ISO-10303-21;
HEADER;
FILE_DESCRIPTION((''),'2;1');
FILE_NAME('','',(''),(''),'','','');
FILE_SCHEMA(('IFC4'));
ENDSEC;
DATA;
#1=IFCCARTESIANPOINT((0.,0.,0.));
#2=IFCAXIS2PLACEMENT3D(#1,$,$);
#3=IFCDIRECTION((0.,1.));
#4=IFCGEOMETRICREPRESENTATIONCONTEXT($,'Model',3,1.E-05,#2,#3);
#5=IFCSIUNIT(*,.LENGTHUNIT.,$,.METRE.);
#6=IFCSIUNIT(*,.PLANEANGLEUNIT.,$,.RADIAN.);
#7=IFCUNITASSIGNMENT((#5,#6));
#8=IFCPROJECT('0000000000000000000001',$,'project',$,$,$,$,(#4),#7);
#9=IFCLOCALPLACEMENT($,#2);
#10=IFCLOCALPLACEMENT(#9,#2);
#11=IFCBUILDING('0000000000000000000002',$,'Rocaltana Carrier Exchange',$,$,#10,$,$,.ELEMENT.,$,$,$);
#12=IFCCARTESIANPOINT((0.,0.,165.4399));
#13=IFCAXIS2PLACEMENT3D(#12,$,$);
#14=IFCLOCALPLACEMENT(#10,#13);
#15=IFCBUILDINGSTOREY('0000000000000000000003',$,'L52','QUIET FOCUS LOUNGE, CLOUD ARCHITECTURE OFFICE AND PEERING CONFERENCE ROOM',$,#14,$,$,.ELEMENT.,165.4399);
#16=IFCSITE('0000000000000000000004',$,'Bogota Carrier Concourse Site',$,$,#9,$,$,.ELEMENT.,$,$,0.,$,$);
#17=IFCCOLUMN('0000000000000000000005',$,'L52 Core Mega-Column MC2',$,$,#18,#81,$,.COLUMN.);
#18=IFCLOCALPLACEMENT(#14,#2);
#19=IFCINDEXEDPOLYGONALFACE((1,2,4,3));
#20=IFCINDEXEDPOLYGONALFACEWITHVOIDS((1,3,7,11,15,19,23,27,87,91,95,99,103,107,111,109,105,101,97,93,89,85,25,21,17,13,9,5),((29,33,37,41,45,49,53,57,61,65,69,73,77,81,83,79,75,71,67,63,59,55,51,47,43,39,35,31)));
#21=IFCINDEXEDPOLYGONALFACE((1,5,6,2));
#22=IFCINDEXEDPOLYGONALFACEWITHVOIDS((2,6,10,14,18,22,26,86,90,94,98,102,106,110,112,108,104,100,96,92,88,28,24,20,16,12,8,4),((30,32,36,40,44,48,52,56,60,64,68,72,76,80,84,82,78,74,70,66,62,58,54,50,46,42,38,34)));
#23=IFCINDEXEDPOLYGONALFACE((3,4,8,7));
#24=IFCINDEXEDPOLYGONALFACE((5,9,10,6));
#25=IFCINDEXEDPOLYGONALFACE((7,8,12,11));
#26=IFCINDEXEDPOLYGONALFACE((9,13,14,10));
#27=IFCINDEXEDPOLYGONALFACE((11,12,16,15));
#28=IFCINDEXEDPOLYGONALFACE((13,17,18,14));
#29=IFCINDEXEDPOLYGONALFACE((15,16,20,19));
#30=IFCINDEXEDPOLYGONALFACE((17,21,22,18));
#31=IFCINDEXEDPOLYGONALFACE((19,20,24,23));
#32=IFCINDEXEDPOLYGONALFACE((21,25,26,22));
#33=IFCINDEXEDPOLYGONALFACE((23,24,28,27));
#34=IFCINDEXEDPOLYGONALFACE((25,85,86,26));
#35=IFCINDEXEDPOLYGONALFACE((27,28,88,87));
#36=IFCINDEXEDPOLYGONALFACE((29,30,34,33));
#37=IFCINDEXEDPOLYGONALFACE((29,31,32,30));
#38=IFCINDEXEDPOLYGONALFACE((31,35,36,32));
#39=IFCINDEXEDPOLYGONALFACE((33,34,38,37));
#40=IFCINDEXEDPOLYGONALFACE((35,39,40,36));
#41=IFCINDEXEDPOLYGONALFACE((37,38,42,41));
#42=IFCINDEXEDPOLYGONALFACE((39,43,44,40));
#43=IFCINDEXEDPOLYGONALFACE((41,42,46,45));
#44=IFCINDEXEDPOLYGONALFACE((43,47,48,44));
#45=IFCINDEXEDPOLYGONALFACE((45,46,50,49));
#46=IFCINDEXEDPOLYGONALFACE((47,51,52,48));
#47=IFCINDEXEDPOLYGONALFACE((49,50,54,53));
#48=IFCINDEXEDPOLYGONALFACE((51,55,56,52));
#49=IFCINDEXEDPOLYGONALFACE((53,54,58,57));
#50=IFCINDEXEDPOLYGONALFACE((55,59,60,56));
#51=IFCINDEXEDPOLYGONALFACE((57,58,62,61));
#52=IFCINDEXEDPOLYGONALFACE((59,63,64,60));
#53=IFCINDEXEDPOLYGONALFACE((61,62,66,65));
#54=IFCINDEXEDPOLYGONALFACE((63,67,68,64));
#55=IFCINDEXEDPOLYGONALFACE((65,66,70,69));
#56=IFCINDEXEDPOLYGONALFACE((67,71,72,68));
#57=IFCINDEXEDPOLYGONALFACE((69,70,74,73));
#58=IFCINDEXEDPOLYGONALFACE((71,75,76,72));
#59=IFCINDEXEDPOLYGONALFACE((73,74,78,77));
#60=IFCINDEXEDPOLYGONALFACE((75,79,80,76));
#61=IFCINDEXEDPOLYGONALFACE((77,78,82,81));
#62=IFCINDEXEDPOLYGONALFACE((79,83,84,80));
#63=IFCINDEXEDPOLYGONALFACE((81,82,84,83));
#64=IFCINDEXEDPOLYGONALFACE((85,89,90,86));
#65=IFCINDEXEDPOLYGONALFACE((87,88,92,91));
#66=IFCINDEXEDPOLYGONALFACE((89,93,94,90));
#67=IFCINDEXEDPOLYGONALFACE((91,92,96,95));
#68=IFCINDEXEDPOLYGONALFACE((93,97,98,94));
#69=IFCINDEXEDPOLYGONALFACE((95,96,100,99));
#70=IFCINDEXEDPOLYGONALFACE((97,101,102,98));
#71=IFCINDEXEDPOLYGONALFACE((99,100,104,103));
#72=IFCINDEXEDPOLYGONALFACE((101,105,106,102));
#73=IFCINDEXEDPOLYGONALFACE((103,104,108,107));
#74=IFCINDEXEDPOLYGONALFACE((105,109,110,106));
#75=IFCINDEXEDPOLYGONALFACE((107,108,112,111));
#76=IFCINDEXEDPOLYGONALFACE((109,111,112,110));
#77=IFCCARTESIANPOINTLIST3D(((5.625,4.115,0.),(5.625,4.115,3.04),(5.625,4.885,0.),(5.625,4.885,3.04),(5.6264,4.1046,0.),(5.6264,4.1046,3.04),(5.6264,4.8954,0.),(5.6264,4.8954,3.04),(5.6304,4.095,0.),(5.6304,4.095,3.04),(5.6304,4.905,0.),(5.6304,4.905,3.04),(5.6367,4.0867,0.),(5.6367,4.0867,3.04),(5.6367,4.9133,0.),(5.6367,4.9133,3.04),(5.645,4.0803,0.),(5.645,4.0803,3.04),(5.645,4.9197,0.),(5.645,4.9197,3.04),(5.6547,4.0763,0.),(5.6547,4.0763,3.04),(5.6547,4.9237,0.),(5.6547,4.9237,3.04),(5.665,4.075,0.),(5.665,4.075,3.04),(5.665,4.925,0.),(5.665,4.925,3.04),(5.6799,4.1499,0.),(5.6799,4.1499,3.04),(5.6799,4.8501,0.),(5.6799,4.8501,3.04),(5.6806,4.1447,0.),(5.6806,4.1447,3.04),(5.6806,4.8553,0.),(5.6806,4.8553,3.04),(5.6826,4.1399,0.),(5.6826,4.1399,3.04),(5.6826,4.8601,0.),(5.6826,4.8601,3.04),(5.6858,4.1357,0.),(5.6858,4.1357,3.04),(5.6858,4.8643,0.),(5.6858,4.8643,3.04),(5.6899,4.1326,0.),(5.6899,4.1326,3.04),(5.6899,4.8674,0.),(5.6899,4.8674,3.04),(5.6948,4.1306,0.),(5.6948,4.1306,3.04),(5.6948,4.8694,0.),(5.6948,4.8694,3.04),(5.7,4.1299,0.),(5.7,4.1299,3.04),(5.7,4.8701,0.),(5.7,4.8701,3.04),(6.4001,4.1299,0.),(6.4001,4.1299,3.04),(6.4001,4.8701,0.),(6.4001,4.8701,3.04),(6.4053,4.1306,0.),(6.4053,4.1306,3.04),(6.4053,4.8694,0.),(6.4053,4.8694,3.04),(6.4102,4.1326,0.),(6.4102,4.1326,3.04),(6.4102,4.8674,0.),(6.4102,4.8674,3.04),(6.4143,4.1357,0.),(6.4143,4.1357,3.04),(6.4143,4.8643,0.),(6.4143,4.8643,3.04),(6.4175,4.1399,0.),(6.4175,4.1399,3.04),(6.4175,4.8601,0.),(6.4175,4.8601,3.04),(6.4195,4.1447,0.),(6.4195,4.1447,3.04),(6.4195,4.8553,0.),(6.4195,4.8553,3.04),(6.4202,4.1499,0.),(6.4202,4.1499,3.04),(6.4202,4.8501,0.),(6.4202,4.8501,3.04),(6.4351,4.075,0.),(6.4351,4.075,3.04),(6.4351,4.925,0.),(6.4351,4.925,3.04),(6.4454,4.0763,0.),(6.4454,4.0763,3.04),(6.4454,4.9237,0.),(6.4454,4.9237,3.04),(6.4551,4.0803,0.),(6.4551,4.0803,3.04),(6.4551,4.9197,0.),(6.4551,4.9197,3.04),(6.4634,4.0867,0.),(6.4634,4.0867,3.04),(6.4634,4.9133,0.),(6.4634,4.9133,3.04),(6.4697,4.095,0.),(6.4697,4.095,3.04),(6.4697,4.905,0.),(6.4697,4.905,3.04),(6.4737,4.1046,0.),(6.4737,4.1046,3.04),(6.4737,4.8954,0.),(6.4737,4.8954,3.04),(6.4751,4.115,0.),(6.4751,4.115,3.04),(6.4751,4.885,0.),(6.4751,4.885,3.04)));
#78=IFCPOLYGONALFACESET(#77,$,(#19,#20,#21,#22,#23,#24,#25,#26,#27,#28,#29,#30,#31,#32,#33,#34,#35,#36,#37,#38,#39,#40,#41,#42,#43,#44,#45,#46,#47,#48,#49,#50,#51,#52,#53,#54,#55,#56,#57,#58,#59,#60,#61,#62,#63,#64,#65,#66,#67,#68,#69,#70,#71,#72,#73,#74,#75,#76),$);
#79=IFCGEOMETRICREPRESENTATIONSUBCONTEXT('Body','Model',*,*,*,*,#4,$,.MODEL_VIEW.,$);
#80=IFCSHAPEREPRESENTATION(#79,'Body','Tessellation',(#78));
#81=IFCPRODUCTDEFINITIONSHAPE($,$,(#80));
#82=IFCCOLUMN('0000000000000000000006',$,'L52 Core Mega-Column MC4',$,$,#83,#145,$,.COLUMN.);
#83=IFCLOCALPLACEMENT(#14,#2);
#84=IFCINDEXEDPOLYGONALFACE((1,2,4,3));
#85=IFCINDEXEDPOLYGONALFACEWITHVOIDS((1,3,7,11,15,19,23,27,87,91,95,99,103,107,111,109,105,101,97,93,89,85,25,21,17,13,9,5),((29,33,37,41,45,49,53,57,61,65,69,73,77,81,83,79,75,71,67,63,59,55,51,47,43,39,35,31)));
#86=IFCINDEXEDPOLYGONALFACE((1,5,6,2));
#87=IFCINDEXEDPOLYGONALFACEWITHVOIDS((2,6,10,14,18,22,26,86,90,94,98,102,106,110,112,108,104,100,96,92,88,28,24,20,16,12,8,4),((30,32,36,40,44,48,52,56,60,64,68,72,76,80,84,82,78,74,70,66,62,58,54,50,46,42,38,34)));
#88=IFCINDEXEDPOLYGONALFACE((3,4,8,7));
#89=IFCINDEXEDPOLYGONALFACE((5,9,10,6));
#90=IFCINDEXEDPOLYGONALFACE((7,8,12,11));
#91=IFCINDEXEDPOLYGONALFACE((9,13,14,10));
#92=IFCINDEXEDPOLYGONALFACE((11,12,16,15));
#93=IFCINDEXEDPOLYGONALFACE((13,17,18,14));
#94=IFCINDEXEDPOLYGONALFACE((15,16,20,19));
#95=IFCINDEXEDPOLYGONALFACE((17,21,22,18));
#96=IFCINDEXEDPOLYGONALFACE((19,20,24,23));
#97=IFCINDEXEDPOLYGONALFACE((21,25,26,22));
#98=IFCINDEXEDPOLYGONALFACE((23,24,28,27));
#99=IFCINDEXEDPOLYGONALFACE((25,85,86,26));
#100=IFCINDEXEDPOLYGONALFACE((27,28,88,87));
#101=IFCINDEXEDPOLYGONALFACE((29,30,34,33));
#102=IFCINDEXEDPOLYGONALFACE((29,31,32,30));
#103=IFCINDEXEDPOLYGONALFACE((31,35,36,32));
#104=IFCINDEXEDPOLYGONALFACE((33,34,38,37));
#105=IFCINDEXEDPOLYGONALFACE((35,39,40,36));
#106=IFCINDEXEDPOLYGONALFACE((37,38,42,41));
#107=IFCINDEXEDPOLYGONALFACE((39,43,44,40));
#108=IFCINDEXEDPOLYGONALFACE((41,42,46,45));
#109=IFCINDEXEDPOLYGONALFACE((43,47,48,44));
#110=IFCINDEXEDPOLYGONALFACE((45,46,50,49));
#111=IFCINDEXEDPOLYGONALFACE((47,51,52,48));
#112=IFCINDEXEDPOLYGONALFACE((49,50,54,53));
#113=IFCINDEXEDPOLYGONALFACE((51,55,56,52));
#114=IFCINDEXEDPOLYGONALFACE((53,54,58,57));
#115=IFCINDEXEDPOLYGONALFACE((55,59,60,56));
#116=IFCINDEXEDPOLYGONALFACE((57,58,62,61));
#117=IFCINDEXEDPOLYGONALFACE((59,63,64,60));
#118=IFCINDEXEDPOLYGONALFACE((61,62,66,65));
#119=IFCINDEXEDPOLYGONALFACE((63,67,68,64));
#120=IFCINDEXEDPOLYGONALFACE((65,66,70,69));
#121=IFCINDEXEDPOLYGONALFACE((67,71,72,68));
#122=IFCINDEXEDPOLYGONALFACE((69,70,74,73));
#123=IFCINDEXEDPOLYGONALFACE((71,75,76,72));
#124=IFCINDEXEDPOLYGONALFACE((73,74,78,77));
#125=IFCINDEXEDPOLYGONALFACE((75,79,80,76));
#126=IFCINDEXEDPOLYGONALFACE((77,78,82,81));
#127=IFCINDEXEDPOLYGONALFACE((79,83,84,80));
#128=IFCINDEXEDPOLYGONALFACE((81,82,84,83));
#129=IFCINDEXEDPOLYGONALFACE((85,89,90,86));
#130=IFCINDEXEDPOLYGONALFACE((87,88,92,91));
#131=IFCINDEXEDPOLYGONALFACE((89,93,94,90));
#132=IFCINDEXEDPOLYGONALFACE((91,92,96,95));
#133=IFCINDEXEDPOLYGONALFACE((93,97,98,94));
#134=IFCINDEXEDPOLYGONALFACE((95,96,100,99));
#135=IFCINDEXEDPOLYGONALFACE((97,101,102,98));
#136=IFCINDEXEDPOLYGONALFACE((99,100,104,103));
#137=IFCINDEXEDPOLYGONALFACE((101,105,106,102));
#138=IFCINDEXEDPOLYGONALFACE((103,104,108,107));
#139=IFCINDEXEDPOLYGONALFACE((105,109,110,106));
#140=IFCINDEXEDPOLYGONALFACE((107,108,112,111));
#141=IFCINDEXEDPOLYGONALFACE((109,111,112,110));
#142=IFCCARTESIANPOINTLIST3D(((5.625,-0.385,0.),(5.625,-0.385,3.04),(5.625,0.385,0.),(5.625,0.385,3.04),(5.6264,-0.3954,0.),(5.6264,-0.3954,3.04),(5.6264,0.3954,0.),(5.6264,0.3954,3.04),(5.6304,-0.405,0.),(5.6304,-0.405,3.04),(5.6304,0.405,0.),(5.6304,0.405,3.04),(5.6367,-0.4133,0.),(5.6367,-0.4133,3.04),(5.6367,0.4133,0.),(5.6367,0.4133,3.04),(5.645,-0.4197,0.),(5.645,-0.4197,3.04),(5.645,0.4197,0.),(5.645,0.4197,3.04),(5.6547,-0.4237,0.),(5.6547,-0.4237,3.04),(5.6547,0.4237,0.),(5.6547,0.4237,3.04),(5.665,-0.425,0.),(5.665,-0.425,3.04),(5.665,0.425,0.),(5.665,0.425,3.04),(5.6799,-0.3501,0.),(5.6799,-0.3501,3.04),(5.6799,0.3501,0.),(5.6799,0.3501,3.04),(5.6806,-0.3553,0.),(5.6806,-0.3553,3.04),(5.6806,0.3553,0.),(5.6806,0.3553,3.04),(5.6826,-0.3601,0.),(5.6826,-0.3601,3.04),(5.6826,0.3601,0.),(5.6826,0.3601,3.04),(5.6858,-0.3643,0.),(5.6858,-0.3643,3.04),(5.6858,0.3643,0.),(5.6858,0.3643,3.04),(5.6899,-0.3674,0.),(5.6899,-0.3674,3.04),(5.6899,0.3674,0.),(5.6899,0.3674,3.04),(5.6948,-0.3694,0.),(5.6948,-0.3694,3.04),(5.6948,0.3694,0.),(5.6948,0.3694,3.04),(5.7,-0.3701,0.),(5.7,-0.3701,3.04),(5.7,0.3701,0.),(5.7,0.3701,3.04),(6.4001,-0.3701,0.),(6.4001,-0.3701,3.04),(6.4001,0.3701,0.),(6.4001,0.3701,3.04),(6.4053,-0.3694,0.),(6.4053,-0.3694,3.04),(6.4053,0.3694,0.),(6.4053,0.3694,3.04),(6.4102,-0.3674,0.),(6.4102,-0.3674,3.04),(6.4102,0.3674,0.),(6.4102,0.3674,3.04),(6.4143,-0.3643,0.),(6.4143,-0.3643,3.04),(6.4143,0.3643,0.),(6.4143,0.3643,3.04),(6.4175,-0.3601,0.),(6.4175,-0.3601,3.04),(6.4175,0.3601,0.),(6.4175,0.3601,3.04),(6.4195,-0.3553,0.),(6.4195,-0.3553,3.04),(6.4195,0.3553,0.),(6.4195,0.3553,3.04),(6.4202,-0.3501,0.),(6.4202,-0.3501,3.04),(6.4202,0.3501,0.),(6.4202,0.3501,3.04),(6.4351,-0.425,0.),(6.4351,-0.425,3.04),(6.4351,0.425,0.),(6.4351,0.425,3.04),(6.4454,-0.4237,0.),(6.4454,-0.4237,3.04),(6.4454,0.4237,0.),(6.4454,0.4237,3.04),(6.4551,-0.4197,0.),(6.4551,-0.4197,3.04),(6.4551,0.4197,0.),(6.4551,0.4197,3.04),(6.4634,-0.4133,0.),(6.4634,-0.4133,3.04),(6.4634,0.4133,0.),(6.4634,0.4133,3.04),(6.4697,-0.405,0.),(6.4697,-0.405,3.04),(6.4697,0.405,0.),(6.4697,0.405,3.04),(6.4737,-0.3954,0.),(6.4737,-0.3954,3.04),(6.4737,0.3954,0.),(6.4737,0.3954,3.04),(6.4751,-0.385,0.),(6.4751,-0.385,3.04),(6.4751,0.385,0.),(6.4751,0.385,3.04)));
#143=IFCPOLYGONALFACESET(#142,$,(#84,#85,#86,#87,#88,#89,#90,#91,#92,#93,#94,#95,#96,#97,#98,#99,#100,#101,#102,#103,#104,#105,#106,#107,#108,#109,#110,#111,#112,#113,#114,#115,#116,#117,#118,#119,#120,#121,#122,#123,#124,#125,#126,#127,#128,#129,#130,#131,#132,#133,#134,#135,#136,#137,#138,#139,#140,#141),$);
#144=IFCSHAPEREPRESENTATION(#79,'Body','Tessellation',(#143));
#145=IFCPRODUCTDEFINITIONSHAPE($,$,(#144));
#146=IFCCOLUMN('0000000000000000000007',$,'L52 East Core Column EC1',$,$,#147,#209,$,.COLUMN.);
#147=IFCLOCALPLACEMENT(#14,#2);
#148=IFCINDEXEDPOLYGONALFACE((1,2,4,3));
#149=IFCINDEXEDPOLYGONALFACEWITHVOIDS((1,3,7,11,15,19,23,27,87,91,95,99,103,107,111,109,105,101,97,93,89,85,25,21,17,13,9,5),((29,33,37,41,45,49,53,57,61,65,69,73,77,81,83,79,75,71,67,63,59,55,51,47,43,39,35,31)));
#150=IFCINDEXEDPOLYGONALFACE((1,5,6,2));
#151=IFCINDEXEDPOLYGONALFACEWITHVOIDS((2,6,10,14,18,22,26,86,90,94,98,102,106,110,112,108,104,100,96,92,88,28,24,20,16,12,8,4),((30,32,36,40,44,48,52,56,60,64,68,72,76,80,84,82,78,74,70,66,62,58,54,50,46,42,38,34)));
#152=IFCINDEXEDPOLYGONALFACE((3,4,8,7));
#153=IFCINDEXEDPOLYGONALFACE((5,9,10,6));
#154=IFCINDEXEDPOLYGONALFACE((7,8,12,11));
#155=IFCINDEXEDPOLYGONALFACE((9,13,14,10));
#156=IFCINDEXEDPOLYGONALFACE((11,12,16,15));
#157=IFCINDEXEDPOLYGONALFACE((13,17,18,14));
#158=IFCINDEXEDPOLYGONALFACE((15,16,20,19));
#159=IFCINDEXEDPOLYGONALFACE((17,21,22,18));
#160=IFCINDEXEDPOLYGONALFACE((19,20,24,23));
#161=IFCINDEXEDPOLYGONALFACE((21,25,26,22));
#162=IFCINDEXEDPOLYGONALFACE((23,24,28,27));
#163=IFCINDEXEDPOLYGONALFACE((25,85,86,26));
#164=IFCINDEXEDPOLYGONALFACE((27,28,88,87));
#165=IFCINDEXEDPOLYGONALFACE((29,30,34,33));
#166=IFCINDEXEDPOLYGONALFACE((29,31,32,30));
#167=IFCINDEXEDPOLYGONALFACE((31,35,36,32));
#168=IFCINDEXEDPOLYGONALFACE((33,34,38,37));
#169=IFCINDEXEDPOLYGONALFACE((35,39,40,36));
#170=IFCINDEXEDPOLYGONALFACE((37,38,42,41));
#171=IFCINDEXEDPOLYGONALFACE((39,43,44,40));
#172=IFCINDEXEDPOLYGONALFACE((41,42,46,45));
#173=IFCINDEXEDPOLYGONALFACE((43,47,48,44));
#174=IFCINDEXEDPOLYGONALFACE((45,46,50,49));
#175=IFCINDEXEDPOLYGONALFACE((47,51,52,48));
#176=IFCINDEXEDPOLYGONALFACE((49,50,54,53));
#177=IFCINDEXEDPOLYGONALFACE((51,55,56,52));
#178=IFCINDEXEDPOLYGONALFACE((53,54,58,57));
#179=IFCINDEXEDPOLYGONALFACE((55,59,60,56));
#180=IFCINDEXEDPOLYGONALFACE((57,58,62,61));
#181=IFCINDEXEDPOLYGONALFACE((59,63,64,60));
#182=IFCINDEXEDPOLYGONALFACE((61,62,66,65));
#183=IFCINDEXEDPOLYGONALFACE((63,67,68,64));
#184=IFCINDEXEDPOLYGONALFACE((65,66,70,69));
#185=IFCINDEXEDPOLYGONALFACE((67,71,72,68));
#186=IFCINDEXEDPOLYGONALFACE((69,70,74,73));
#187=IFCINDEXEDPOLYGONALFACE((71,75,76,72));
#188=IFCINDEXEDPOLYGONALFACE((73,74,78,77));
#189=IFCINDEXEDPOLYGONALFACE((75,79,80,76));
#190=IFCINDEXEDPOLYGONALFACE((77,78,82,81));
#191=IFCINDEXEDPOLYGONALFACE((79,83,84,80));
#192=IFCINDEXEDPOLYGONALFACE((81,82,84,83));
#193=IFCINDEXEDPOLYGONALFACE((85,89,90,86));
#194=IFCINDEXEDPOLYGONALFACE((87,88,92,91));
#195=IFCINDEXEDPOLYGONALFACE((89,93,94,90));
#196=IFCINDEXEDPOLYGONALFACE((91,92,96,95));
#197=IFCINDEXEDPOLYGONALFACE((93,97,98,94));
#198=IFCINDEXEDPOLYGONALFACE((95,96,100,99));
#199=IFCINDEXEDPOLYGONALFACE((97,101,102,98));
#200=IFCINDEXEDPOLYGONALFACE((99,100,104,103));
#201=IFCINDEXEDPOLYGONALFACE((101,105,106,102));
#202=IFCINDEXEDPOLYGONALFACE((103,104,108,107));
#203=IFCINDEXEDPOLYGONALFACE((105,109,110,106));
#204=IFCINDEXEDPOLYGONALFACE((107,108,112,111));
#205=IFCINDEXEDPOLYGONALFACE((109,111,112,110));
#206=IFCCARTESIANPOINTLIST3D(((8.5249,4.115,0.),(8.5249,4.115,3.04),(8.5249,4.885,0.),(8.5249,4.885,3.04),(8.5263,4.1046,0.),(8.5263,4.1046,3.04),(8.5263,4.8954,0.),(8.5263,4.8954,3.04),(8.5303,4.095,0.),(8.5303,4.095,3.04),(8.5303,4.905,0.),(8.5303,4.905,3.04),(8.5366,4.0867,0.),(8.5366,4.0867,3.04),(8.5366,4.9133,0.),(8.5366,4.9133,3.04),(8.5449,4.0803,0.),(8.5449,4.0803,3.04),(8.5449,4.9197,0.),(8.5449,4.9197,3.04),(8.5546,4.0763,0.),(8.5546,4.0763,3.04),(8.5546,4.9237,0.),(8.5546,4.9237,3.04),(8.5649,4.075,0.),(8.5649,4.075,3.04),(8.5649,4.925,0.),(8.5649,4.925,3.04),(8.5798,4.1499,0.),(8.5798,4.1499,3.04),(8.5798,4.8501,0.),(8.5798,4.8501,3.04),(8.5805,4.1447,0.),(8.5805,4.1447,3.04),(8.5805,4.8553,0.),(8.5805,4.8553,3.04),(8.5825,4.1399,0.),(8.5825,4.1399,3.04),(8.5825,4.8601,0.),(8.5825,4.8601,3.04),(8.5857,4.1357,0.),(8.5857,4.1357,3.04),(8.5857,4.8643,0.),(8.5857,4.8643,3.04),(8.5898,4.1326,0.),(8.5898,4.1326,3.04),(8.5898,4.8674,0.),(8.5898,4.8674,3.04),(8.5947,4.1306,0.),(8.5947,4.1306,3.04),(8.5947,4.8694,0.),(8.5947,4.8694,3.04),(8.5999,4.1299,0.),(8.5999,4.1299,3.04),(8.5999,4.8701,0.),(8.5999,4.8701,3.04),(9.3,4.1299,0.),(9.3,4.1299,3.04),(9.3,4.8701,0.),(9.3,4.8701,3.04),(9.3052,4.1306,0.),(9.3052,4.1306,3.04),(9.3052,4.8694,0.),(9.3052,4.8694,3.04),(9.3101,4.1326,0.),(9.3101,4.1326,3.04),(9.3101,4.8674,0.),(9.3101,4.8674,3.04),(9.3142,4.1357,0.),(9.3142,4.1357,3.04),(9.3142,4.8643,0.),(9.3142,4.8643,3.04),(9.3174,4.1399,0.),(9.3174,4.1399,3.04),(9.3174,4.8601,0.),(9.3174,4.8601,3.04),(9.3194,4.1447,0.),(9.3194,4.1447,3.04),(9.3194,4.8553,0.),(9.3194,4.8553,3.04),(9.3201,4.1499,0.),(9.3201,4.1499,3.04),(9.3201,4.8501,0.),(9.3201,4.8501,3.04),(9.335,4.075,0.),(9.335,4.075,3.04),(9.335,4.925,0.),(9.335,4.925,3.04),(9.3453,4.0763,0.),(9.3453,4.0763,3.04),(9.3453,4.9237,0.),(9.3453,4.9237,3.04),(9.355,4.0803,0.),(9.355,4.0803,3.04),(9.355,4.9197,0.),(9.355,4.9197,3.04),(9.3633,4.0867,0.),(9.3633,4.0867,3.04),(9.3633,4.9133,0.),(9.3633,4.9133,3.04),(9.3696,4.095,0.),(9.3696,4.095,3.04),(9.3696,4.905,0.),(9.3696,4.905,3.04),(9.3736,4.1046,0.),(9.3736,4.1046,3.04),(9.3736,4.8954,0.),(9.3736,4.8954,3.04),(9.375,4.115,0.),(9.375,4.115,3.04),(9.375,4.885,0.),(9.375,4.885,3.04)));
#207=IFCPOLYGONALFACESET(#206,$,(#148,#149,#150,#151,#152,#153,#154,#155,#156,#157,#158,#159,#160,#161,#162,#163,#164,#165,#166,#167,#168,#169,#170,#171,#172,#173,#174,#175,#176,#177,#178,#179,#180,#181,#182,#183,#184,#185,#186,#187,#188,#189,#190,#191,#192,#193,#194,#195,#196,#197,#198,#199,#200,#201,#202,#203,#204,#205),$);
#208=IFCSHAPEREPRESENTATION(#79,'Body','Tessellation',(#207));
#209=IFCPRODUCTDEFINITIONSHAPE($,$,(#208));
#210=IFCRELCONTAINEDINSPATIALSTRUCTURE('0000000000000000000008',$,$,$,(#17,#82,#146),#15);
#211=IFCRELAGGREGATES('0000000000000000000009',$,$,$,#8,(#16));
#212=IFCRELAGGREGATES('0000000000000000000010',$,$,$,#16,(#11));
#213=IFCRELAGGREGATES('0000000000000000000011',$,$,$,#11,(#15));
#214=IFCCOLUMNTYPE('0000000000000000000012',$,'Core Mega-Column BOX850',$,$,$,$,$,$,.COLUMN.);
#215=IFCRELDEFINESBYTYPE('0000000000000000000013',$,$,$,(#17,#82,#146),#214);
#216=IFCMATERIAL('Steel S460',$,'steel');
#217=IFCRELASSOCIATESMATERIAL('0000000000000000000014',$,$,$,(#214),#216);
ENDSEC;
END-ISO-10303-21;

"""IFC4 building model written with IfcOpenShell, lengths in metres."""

from ifc_helpers import new_model, si_unit, direction, frame, origin, origin_2d, place, context, subcontext, project, spatial, hollow_rectangle, extrude, material, material_profile, profile_set, type_object, element, save


model = new_model("IFC4")

# Units and contexts
model_context = context("Model", 3, precision=1e-05, world=origin(), true_north=direction((0.0, 1.0)))
body_context = subcontext(model_context, "Body", "Model", "MODEL_VIEW")
ifc_project = project(units=[si_unit("LENGTHUNIT", "METRE"), si_unit("PLANEANGLEUNIT", "RADIAN")], contexts=[model_context])

# Site, building, storey
site_placement = place(None, origin())
site = spatial("IfcSite", under=ifc_project, at=site_placement, Name="Bogota Carrier Concourse Site", CompositionType="ELEMENT", RefElevation=0.0)
building_placement = place(site_placement, origin())
building = spatial("IfcBuilding", under=site, at=building_placement, Name="Rocaltana Carrier Exchange", CompositionType="ELEMENT")
storey_placement = place(building_placement, frame((0.0, 0.0, 165.4399)))
storey = spatial("IfcBuildingStorey", under=building, at=storey_placement, Name="L52", Description="QUIET FOCUS LOUNGE, CLOUD ARCHITECTURE OFFICE AND PEERING CONFERENCE ROOM", CompositionType="ELEMENT", Elevation=165.4399)

# Columns
ifc_material_1 = material(Name="Steel S460", Category="steel")
ifc_material_profile_1 = material_profile(ifc_material_1, hollow_rectangle(XDim=0.8501, YDim=0.8501, WallThickness=0.0549, InnerFilletRadius=0.02, OuterFilletRadius=0.04, at=origin_2d()), Name="BOX850X850X55")
ifc_profile_set_1 = profile_set([ifc_material_profile_1], Name="Steel S460")
column_type = type_object("IfcColumnType", Name="Core Mega-Column BOX850", PredefinedType="COLUMN", material=ifc_profile_set_1)
for number, where, z_axis, x_axis, name in (
    (1, (6.05, 4.5, 0.0), (0.0, 0.0, 1.0), (1.0, 0.0, 0.0), "L52 Core Mega-Column MC2"),
    (2, (6.05, 0.0, 0.0), (0.0, 0.0, 1.0), (1.0, 0.0, 0.0), "L52 Core Mega-Column MC4"),
    (3, (8.95, 4.5, 0.0), (0.0, 0.0, 1.0), (1.0, 0.0, 0.0), "L52 East Core Column EC1"),
):
    element("IfcColumn", number, at=place(storey_placement, frame(where, z_axis=z_axis, x_axis=x_axis)), inside=storey, type_object=column_type, Name=name, PredefinedType="COLUMN", context=body_context, shape_type="SweptSolid", body=[
        extrude(hollow_rectangle(XDim=0.8501, YDim=0.8501, WallThickness=0.0549, InnerFilletRadius=0.02, OuterFilletRadius=0.04, at=origin_2d()), origin(), (0.0, 0.0, 1.0), 3.04),
    ])

save(model, "model.ifc")
